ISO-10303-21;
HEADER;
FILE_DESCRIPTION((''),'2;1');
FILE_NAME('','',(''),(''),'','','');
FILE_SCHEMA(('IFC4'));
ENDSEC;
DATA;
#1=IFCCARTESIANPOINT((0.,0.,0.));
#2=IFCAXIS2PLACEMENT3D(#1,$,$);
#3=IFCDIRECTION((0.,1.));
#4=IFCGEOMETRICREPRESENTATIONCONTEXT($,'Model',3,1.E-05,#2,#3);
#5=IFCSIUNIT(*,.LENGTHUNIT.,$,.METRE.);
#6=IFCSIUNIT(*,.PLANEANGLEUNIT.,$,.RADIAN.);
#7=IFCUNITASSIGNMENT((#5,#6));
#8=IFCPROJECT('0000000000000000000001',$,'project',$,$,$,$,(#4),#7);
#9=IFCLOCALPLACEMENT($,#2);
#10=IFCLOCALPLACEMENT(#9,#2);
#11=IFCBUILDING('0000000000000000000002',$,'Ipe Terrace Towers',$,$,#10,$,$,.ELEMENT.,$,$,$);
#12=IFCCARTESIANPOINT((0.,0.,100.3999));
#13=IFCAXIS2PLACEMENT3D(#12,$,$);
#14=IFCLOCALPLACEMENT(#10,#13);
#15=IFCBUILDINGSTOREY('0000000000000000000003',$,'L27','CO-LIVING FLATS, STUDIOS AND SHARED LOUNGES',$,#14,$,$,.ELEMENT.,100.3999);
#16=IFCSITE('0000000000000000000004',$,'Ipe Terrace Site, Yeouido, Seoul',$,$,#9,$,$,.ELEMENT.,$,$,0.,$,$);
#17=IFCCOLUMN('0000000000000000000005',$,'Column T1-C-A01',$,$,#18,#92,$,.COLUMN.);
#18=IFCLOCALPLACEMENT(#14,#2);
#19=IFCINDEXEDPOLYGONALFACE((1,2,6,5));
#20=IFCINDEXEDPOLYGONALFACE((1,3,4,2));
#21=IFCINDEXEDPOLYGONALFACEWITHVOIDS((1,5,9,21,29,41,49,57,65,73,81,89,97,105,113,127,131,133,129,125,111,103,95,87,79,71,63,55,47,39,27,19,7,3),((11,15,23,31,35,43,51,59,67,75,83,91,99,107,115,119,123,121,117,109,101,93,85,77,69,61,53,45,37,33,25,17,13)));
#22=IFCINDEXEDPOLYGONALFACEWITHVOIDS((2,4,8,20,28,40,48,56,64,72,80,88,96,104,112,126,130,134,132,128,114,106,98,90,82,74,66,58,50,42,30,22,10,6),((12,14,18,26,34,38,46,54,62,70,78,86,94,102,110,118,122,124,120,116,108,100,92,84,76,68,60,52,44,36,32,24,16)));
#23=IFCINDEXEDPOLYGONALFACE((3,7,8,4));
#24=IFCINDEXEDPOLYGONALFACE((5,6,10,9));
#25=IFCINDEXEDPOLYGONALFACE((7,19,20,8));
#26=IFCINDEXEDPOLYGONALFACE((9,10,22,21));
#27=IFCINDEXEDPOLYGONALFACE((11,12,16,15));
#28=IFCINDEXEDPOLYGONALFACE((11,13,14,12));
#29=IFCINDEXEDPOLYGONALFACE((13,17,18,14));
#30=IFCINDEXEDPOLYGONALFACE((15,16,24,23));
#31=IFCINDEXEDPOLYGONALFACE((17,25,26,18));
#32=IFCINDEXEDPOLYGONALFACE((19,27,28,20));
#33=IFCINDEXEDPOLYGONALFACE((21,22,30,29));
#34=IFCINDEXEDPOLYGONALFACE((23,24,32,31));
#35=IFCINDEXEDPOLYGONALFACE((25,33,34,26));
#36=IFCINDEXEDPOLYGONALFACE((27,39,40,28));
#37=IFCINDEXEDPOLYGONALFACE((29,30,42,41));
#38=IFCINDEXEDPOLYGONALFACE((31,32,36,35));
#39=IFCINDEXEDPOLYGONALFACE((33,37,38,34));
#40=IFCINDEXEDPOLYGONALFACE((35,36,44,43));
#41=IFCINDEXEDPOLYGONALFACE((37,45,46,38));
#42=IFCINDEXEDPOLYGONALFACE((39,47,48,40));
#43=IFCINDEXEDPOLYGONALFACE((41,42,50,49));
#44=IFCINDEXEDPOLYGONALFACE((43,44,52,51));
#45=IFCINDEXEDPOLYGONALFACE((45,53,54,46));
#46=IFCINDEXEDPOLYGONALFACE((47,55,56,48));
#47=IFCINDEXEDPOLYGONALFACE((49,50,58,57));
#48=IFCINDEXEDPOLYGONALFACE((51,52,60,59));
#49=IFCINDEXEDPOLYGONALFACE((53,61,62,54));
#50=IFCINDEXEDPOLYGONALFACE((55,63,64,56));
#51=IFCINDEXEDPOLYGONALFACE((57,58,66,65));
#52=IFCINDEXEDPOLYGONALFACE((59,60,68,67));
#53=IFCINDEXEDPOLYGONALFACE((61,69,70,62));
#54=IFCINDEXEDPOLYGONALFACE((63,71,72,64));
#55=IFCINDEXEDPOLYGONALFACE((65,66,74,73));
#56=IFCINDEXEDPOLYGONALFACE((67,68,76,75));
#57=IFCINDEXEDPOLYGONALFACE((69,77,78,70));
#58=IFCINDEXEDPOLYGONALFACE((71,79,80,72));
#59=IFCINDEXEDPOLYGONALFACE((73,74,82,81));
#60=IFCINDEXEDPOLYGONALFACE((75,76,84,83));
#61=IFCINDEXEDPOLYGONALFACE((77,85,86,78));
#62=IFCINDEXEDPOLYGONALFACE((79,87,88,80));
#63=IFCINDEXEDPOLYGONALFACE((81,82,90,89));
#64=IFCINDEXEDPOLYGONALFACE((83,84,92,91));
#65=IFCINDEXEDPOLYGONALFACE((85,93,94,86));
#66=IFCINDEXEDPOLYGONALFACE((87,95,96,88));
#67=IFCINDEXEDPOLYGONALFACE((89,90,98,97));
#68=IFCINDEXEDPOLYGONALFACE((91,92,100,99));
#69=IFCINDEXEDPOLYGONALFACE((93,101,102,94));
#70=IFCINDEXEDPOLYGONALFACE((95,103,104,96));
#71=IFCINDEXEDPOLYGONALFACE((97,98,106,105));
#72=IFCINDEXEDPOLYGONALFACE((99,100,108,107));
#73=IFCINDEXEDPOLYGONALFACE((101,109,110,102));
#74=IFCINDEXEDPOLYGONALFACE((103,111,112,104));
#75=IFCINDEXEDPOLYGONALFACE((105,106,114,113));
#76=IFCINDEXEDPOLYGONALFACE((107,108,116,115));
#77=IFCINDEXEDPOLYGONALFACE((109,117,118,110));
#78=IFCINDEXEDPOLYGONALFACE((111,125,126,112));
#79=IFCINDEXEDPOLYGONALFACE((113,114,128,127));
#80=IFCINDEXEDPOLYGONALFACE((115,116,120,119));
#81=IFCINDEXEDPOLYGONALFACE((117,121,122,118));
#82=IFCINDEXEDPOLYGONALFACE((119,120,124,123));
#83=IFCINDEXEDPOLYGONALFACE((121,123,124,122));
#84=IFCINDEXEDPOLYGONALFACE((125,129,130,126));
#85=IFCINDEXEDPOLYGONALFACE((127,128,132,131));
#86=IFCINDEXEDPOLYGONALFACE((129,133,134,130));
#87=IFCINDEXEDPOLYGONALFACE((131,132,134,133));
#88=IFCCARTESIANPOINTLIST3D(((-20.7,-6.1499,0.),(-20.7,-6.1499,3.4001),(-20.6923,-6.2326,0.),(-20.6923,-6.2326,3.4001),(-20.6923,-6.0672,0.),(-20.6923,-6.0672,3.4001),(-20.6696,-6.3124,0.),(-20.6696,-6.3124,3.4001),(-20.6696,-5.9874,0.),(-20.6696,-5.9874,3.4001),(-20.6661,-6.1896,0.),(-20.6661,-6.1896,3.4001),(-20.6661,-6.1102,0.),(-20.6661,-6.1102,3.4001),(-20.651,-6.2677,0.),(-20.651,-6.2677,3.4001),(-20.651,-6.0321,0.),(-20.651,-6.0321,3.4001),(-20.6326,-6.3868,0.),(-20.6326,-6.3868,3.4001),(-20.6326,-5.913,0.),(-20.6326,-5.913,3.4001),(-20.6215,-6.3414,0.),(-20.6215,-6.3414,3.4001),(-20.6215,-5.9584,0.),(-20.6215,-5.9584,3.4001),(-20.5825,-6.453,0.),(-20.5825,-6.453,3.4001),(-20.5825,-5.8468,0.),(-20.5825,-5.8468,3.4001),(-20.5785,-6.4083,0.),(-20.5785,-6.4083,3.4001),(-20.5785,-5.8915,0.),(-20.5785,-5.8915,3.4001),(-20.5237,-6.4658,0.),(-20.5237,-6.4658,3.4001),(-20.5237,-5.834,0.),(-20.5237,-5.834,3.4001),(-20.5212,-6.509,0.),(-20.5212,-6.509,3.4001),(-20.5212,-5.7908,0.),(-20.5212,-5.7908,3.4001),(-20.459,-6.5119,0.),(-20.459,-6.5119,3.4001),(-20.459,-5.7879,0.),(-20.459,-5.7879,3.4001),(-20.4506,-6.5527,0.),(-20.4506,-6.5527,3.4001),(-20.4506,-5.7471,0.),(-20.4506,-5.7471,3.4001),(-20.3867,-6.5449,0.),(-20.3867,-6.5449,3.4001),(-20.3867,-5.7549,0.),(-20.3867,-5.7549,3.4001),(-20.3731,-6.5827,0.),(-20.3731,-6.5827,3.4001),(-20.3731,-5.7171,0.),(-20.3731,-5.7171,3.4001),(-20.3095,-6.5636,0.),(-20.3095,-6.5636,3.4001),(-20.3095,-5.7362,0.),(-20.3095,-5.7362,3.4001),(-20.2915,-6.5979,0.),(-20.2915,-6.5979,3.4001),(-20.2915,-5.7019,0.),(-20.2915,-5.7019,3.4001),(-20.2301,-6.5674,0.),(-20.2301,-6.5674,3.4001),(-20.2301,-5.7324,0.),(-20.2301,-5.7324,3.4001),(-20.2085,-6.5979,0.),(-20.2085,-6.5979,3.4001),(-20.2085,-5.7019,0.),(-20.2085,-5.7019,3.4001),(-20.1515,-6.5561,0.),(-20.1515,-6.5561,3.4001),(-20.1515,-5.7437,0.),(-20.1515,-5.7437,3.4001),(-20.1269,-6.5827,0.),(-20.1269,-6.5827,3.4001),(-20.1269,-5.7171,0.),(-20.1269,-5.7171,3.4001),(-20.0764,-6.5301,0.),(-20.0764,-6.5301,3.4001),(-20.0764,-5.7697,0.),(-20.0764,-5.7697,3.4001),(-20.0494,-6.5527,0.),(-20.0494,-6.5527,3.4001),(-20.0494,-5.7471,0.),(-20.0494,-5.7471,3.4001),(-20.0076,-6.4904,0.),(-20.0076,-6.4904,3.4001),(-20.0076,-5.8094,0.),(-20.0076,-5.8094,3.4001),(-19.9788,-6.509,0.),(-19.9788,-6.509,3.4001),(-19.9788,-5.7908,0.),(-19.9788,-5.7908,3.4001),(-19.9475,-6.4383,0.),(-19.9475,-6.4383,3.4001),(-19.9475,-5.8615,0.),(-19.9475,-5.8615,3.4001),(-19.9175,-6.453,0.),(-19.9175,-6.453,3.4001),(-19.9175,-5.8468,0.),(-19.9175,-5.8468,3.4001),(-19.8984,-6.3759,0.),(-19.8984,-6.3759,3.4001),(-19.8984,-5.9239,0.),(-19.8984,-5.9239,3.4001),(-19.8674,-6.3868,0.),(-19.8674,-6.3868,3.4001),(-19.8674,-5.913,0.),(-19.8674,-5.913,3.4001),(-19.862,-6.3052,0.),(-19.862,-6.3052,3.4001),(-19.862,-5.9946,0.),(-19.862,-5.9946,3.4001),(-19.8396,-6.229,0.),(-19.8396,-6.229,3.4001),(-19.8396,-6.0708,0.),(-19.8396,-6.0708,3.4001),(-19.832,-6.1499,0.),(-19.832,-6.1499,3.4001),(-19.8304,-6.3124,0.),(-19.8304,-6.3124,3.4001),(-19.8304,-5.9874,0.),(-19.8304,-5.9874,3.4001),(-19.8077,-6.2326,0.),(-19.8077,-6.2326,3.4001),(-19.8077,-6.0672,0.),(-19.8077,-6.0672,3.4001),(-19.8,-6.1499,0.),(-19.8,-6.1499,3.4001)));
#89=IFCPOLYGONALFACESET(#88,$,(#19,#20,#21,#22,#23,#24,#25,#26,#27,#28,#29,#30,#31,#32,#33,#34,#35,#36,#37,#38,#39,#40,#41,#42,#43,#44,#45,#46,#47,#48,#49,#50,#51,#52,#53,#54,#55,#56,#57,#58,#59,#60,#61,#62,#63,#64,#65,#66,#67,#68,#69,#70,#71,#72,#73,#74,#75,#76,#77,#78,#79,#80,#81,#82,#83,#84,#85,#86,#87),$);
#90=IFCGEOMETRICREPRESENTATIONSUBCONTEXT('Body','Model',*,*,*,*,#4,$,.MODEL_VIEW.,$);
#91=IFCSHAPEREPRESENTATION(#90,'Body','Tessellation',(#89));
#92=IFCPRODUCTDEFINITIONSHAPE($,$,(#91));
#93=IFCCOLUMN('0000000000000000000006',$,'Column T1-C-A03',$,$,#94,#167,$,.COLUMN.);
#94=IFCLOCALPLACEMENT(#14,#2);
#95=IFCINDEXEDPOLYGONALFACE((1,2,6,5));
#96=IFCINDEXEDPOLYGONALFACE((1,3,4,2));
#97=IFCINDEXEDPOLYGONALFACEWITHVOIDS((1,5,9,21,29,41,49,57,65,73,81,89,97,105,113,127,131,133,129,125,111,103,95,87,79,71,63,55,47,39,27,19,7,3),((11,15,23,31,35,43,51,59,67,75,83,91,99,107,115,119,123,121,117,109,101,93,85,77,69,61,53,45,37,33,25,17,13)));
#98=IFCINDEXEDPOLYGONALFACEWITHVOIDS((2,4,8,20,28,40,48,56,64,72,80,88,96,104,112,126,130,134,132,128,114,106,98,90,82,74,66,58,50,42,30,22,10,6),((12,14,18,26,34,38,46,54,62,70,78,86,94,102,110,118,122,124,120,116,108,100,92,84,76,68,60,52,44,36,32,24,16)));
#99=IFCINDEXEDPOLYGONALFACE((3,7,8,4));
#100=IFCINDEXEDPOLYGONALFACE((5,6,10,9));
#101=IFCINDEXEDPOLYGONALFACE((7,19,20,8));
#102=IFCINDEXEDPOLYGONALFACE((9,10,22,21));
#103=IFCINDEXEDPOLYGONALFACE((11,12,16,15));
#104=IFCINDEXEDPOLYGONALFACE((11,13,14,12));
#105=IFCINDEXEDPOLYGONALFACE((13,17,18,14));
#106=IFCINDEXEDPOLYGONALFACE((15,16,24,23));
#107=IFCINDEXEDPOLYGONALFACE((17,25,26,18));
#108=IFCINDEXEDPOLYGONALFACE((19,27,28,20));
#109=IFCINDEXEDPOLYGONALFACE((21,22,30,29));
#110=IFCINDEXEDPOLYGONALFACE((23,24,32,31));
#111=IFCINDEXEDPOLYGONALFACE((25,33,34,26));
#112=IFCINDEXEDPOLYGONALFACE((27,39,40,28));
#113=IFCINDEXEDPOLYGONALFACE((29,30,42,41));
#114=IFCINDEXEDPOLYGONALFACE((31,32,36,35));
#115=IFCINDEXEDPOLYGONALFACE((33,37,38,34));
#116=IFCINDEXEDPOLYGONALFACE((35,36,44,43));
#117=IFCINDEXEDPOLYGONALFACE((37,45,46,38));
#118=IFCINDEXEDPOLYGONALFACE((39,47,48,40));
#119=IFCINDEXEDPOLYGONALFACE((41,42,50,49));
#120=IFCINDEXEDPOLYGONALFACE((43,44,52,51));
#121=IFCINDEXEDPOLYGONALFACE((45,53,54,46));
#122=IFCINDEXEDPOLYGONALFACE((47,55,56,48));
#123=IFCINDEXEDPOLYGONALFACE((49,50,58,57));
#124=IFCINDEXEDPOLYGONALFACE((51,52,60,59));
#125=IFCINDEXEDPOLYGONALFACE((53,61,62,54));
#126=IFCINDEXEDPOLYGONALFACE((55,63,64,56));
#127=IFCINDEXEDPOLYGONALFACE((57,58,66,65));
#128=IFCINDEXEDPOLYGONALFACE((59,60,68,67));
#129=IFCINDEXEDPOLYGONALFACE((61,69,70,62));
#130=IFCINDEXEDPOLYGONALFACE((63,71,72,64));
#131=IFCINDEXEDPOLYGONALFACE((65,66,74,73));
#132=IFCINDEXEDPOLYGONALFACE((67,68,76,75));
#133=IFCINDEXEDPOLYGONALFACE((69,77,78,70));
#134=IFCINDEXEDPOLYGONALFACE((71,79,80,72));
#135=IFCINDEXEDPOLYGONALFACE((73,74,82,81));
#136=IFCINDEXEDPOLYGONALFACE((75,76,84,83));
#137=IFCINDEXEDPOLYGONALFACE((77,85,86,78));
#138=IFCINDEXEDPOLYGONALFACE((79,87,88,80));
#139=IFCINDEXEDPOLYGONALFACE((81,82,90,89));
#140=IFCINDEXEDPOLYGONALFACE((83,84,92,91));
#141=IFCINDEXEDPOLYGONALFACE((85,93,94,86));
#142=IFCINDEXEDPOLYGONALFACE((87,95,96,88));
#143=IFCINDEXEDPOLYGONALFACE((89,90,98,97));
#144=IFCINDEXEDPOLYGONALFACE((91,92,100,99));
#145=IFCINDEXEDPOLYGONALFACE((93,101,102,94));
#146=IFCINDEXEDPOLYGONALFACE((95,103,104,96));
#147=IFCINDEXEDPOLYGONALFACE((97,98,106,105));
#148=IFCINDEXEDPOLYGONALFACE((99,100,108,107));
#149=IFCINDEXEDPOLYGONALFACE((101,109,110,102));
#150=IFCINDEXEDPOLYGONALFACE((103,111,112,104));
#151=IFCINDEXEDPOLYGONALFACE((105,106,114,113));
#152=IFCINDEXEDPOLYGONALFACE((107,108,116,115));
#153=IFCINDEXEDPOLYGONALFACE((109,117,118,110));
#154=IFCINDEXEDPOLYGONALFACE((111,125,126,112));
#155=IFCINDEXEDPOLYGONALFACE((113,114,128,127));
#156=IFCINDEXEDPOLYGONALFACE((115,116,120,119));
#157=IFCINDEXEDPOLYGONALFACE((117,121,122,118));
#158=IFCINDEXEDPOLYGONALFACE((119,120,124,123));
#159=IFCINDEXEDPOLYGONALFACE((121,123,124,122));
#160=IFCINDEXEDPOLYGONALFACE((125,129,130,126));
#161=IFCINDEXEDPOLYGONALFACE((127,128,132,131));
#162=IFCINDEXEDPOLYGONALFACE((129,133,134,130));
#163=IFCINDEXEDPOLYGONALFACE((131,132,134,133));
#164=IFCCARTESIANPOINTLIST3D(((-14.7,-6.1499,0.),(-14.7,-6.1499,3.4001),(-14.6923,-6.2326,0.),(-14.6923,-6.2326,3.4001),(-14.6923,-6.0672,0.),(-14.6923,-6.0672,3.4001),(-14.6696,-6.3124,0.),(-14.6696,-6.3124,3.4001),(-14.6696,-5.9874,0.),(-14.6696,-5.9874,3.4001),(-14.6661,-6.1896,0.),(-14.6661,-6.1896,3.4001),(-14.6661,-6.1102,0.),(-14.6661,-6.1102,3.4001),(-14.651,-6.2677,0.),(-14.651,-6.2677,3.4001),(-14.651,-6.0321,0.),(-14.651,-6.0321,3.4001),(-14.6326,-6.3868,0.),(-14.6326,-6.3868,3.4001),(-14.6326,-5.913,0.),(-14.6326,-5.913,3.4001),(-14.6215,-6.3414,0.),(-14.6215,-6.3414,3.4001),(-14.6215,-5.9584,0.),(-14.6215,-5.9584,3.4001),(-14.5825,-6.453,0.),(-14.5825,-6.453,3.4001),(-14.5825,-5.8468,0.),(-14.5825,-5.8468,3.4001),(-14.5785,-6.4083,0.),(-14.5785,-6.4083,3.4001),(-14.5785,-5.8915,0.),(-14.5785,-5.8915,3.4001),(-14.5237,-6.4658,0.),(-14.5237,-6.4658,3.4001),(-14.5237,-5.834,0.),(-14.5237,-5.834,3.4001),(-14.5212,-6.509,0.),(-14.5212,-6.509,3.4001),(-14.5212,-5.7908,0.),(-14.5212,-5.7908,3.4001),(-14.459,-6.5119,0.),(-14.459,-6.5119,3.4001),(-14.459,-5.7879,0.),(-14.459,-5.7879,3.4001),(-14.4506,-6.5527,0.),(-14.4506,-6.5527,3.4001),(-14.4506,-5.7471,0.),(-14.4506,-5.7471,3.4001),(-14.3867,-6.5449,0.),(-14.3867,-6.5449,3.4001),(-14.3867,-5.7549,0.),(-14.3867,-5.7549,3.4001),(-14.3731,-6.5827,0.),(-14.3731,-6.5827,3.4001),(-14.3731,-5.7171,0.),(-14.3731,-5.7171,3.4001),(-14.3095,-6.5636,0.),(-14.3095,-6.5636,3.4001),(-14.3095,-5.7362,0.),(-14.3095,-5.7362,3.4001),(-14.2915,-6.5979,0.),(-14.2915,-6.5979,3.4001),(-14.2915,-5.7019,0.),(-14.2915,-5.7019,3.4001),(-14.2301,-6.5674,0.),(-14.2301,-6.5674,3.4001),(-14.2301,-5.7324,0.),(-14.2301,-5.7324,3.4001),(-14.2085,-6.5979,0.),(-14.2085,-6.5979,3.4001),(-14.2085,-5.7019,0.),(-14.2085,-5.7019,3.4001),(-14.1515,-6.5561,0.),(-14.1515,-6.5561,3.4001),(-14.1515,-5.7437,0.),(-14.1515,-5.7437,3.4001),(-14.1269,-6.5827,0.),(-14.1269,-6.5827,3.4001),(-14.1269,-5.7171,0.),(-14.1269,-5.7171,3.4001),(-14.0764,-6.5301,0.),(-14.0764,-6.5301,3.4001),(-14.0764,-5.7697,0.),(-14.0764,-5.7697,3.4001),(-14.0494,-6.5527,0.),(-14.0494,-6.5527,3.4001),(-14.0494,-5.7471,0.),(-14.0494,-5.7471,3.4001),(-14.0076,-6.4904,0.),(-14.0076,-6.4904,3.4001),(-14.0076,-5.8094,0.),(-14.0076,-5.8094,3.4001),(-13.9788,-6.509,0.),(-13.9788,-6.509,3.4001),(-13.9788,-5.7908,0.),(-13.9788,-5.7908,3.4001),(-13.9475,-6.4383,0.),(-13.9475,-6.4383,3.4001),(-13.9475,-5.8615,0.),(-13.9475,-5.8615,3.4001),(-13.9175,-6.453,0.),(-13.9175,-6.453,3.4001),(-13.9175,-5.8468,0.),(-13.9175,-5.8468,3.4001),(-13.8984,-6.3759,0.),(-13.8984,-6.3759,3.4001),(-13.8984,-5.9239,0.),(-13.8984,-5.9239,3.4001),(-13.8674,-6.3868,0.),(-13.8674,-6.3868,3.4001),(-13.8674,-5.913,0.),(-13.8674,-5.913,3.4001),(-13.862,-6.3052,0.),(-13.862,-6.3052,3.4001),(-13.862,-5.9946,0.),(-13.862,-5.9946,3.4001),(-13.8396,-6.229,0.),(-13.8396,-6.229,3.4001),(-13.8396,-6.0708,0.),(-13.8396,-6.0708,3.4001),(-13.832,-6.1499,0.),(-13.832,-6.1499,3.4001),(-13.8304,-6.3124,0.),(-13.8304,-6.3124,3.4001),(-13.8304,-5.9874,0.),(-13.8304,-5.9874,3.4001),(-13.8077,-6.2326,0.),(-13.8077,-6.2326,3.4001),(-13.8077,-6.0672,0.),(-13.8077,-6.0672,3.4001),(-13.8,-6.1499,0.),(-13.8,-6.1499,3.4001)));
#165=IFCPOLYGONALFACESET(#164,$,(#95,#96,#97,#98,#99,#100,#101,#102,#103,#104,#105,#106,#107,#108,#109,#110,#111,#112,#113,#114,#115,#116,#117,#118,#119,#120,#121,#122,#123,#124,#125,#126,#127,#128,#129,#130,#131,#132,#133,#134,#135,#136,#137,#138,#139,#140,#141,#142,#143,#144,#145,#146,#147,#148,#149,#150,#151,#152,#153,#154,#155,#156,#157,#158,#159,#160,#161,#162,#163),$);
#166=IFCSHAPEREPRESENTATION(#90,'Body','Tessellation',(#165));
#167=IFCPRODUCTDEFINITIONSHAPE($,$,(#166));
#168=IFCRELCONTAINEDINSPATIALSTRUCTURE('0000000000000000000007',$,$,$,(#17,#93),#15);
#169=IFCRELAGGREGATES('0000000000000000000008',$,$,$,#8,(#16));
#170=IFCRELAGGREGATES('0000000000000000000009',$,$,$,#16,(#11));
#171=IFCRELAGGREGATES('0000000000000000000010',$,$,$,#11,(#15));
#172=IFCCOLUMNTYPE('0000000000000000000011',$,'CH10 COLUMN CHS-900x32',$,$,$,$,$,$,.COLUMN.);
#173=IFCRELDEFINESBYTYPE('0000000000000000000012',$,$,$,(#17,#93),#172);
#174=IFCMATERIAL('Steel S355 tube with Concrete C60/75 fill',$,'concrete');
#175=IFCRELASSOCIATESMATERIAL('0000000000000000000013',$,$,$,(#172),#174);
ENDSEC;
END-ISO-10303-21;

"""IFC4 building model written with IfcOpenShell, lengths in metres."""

from ifc_helpers import new_model, si_unit, direction, frame, origin, origin_2d, place, context, subcontext, project, spatial, hollow_circle, extrude, material, material_profile, profile_set, type_object, element, save


model = new_model("IFC4")

# Units and contexts
model_context = context("Model", 3, precision=1e-05, world=origin(), true_north=direction((0.0, 1.0)))
body_context = subcontext(model_context, "Body", "Model", "MODEL_VIEW")
ifc_project = project(units=[si_unit("LENGTHUNIT", "METRE"), si_unit("PLANEANGLEUNIT", "RADIAN")], contexts=[model_context])

# Site, building, storey
site_placement = place(None, origin())
site = spatial("IfcSite", under=ifc_project, at=site_placement, Name="Ipe Terrace Site, Yeouido, Seoul", CompositionType="ELEMENT", RefElevation=0.0)
building_placement = place(site_placement, origin())
building = spatial("IfcBuilding", under=site, at=building_placement, Name="Ipe Terrace Towers", CompositionType="ELEMENT")
storey_placement = place(building_placement, frame((0.0, 0.0, 100.3999)))
storey = spatial("IfcBuildingStorey", under=building, at=storey_placement, Name="L27", Description="CO-LIVING FLATS, STUDIOS AND SHARED LOUNGES", CompositionType="ELEMENT", Elevation=100.3999)

# Columns
ifc_material_1 = material(Name="Steel S355 tube with Concrete C60/75 fill", Category="concrete")
ifc_material_profile_1 = material_profile(ifc_material_1, hollow_circle(Radius=0.45, WallThickness=0.032, at=origin_2d()), Name="CHS-900x32")
ifc_profile_set_1 = profile_set([ifc_material_profile_1], Name="Steel S355 tube with Concrete C60/75 fill")
column_type = type_object("IfcColumnType", Name="CH10 COLUMN CHS-900x32", PredefinedType="COLUMN", material=ifc_profile_set_1)
for number, where, z_axis, x_axis, name in (
    (1, (-20.25, -6.1499, 0.0), (0.0, 0.0, 1.0), (1.0, 0.0, 0.0), "Column T1-C-A01"),
    (2, (-14.25, -6.1499, 0.0), (0.0, 0.0, 1.0), (1.0, 0.0, 0.0), "Column T1-C-A03"),
):
    element("IfcColumn", number, at=place(storey_placement, frame(where, z_axis=z_axis, x_axis=x_axis)), inside=storey, type_object=column_type, Name=name, PredefinedType="COLUMN", context=body_context, shape_type="SweptSolid", body=[
        extrude(hollow_circle(Radius=0.45, WallThickness=0.032, at=origin_2d()), origin(), (0.0, 0.0, 1.0), 3.4001),
    ])

save(model, "model.ifc")
